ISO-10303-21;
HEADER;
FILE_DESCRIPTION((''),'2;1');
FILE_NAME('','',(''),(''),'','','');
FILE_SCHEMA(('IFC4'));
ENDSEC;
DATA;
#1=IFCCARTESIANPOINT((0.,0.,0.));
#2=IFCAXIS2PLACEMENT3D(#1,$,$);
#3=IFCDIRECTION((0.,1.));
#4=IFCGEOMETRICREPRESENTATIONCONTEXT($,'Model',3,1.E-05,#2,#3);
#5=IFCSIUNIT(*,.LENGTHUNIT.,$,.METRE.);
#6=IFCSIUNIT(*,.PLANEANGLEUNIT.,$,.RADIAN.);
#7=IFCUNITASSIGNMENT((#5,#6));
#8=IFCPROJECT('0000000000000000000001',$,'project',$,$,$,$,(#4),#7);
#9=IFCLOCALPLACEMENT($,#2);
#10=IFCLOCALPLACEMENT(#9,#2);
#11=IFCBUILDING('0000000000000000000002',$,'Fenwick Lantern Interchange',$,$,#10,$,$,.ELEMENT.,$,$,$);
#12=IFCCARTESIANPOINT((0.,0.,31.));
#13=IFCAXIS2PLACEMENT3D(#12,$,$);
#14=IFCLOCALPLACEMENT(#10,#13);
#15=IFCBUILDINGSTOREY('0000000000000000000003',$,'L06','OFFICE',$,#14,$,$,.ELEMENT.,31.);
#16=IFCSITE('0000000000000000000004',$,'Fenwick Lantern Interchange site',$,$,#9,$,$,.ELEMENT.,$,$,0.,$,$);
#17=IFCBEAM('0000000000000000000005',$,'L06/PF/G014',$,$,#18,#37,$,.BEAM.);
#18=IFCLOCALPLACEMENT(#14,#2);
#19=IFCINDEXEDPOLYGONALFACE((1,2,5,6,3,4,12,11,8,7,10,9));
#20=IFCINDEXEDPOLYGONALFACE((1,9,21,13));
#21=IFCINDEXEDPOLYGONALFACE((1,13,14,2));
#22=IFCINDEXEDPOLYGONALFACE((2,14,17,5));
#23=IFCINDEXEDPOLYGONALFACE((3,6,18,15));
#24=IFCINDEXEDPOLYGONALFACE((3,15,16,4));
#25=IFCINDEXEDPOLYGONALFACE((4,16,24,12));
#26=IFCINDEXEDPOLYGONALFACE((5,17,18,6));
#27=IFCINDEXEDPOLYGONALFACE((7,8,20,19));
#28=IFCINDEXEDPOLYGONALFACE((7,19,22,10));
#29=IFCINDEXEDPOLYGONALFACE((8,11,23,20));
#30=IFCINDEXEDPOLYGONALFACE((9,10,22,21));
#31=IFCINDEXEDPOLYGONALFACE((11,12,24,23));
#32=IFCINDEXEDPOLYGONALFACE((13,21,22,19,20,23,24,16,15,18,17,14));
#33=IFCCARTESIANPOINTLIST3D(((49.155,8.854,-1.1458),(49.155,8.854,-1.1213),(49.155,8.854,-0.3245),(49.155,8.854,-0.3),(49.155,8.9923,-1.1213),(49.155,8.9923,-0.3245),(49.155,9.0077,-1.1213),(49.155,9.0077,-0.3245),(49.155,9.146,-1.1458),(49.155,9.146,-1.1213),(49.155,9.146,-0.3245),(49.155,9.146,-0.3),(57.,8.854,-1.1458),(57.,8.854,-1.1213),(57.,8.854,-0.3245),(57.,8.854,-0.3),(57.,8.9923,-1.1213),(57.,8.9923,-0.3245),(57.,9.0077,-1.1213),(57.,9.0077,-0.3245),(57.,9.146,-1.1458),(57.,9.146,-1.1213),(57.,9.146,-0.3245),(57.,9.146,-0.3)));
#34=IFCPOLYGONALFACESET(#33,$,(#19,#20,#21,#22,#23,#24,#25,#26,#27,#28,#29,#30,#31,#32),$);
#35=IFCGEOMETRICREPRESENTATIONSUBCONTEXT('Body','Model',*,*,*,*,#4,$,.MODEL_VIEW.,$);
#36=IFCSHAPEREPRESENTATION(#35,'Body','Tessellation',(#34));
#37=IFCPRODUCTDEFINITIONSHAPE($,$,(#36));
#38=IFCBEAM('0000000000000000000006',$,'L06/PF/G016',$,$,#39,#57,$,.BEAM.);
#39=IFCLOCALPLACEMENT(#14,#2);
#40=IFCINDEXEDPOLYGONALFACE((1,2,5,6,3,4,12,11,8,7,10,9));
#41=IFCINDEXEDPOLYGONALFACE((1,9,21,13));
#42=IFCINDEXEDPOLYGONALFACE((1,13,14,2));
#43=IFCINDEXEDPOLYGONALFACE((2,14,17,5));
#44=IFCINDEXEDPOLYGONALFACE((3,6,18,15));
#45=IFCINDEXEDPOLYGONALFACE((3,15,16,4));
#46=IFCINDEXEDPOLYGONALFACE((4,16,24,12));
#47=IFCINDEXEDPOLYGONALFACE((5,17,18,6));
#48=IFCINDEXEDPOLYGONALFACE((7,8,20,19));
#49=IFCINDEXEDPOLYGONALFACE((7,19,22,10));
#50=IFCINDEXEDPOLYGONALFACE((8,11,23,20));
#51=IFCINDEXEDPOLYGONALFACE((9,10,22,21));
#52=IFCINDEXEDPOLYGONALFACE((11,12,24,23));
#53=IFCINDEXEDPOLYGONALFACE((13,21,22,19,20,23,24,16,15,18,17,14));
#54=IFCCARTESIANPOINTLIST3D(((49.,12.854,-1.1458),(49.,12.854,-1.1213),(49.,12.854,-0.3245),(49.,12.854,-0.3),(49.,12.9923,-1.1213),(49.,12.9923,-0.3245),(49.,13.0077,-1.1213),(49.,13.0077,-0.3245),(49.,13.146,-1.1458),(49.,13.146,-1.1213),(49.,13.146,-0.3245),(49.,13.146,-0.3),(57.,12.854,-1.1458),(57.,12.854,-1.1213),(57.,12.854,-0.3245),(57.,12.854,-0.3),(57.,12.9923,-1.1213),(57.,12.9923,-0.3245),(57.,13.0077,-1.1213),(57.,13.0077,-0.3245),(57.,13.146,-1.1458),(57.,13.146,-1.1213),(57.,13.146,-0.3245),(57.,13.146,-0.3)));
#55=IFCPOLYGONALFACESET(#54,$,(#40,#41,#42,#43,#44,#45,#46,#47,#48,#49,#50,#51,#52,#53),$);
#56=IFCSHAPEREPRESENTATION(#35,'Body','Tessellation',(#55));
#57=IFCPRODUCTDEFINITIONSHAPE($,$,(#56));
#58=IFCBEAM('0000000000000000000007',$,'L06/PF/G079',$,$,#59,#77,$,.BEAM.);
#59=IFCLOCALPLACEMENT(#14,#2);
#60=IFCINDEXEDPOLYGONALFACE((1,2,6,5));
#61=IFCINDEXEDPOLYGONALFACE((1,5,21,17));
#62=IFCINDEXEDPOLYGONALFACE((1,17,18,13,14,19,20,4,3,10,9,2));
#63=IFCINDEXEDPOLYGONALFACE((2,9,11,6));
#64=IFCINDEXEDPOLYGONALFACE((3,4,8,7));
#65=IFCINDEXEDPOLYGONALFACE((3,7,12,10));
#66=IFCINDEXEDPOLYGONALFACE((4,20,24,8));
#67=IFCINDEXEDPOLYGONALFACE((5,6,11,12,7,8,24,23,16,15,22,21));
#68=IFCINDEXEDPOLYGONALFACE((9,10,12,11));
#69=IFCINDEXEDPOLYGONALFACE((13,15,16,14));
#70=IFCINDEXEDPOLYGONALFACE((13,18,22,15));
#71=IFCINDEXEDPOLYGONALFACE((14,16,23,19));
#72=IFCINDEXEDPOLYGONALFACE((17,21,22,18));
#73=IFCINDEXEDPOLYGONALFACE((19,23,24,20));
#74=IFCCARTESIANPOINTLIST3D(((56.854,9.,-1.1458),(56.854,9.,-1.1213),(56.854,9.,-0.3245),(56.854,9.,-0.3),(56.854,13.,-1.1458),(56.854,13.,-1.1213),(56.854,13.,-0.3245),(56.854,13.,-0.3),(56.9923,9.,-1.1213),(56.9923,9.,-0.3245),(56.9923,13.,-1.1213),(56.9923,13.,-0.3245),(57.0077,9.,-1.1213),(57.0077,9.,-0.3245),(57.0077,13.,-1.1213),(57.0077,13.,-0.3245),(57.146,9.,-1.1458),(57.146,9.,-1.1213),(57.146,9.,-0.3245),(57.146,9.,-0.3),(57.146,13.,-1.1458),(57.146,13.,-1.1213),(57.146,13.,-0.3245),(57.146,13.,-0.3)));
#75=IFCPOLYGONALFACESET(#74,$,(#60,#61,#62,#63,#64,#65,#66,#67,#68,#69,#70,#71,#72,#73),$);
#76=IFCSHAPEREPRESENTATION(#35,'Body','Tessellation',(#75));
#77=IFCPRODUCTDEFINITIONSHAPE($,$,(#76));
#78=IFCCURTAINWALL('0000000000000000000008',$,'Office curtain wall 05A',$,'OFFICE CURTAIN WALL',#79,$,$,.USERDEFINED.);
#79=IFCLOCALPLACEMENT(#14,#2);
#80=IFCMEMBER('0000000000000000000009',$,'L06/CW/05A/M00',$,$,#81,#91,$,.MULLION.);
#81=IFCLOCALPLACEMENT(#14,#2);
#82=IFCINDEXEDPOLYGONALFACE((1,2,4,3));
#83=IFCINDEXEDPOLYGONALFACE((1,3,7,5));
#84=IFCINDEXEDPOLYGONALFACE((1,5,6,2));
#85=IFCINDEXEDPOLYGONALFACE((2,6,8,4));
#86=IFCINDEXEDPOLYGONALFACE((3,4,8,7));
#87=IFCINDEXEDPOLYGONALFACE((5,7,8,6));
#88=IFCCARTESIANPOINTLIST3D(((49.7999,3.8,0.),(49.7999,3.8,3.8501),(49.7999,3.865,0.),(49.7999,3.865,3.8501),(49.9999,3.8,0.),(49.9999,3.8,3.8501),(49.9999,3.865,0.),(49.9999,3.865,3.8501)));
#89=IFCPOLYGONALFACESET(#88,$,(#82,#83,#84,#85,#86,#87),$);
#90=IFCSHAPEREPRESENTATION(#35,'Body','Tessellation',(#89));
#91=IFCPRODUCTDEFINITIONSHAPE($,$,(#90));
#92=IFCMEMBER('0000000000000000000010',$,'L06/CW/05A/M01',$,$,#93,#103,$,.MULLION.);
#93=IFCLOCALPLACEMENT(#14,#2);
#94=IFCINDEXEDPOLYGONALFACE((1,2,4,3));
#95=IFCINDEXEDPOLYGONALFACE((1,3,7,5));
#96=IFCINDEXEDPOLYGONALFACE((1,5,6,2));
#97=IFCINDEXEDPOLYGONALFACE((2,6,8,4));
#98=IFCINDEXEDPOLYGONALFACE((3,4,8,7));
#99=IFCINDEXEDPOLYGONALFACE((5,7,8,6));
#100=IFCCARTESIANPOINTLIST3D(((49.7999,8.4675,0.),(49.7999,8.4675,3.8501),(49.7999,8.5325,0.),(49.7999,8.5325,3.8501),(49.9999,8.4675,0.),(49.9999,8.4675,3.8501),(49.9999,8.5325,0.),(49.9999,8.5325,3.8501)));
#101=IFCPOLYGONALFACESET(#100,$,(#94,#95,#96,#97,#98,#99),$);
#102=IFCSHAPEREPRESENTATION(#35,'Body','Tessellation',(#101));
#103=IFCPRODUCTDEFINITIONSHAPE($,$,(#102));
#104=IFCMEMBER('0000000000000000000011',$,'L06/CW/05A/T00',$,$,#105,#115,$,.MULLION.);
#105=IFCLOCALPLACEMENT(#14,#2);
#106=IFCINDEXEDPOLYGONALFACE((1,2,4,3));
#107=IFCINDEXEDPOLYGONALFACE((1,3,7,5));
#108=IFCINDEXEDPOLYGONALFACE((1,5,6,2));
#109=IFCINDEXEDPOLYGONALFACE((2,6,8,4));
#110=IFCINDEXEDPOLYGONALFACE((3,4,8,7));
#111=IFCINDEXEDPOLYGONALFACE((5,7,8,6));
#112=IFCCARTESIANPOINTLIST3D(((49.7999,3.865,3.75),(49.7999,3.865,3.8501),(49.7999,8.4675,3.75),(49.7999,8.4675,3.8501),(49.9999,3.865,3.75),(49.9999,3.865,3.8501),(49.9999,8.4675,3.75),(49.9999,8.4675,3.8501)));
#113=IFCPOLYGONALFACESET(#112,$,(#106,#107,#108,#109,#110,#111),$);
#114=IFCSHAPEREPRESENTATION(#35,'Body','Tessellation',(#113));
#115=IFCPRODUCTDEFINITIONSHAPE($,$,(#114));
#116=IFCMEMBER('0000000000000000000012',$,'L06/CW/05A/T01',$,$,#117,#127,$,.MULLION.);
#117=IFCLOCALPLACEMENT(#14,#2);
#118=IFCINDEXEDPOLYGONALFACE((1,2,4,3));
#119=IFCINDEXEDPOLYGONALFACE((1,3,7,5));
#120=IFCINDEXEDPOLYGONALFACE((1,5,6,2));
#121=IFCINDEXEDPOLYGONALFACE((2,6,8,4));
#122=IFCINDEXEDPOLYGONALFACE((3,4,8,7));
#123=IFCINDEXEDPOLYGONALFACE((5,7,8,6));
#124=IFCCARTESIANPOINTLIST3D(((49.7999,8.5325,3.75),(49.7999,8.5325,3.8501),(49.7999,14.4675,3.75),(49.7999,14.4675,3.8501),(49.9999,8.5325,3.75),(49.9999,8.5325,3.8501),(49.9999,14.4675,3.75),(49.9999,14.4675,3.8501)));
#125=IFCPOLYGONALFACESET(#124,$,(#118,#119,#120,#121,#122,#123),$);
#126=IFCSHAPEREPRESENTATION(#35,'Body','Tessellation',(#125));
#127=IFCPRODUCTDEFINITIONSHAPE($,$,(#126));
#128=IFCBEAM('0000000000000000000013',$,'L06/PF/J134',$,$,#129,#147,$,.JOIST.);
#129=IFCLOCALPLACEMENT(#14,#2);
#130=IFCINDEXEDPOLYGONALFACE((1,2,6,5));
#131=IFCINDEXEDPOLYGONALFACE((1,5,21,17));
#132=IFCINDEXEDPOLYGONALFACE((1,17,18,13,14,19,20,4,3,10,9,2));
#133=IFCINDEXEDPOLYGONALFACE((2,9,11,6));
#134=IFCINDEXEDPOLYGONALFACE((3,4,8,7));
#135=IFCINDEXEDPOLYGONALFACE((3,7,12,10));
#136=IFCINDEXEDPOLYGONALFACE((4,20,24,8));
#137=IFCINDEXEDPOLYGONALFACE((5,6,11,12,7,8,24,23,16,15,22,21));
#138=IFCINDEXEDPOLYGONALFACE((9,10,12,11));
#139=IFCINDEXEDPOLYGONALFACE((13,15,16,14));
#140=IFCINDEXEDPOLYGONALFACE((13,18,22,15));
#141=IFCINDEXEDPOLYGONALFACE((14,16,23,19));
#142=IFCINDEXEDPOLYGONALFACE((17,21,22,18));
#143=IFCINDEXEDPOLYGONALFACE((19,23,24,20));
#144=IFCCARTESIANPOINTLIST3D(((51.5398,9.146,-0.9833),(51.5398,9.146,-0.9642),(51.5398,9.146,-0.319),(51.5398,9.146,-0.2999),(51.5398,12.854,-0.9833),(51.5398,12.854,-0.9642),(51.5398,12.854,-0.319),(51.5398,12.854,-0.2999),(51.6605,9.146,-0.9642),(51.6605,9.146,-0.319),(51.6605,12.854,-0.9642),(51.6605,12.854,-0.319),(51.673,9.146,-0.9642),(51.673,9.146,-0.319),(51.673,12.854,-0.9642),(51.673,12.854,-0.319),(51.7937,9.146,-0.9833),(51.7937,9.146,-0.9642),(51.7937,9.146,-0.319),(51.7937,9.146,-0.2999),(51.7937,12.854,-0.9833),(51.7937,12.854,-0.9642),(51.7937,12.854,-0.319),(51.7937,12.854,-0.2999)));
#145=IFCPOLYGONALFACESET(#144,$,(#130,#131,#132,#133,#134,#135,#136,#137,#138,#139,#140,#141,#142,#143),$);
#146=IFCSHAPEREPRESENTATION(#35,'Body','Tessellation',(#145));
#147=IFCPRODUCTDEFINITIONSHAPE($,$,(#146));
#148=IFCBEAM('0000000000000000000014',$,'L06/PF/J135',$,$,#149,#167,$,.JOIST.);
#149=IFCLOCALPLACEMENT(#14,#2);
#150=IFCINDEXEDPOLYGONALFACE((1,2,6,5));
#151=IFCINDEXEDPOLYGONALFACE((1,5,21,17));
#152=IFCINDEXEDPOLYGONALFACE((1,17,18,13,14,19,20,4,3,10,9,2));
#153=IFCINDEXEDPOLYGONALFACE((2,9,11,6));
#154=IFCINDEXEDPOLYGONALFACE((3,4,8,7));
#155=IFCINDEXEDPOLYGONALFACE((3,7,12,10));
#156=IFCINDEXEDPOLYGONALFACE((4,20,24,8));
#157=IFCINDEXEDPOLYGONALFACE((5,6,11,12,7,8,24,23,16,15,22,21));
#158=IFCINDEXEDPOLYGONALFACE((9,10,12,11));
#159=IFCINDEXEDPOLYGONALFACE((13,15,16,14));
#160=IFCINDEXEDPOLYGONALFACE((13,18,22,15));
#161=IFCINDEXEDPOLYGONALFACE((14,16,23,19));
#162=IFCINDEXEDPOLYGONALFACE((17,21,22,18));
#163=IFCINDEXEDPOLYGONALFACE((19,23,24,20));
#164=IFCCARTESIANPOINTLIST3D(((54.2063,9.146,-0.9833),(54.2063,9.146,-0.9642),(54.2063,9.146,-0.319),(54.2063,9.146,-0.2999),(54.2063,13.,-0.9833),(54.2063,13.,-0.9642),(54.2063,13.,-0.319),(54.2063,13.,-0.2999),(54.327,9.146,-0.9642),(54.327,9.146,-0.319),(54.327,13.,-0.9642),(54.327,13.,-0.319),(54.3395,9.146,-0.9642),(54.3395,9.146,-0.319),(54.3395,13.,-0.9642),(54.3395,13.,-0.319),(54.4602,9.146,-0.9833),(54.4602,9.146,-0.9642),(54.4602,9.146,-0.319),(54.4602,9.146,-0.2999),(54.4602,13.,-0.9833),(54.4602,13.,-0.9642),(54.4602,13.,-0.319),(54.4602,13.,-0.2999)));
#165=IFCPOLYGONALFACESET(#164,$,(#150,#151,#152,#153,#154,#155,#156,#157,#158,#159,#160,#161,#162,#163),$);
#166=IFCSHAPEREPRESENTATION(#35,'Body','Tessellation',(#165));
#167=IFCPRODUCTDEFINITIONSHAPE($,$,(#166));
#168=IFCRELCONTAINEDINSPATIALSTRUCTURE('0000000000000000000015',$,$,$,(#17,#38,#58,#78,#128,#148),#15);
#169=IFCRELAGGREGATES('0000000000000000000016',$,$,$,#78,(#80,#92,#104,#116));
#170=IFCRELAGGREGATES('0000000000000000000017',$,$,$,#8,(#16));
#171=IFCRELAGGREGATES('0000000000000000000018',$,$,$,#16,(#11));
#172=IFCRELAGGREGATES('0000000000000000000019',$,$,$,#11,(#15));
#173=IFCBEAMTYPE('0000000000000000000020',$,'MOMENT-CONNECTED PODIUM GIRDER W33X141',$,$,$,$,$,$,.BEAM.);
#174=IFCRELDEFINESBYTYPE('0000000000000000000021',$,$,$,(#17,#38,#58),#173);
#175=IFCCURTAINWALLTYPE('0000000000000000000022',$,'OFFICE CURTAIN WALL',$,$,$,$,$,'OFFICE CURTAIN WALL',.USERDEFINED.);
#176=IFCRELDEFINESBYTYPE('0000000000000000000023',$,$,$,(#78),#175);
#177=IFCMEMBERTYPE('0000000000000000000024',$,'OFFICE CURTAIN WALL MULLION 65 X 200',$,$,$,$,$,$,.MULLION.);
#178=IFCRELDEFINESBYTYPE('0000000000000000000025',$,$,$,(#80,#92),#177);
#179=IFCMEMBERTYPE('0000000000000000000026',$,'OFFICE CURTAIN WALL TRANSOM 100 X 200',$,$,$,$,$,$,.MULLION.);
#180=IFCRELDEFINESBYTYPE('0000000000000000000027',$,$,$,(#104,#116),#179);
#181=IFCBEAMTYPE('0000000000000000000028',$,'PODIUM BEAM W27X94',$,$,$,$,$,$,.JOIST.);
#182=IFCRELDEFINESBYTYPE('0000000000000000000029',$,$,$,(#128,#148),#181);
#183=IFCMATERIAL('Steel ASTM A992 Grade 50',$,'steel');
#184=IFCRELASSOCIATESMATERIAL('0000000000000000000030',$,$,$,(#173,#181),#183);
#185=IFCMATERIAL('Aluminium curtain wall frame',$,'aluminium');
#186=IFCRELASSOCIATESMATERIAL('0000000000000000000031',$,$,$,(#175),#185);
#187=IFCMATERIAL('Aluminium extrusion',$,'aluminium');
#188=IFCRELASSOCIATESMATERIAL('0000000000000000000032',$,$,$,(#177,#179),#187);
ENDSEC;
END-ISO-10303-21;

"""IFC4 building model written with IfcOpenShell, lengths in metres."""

from ifc_helpers import new_model, si_unit, direction, frame, origin, origin_2d, place, context, subcontext, project, spatial, rectangle, i_section, extrude, material, material_profile, profile_set, type_object, element, aggregate, save


model = new_model("IFC4")

# Units and contexts
model_context = context("Model", 3, precision=1e-05, world=origin(), true_north=direction((0.0, 1.0)))
body_context = subcontext(model_context, "Body", "Model", "MODEL_VIEW")
ifc_project = project(units=[si_unit("LENGTHUNIT", "METRE"), si_unit("PLANEANGLEUNIT", "RADIAN")], contexts=[model_context])

# Site, building, storey
site_placement = place(None, origin())
site = spatial("IfcSite", under=ifc_project, at=site_placement, Name="Fenwick Lantern Interchange site", CompositionType="ELEMENT", RefElevation=0.0)
building_placement = place(site_placement, origin())
building = spatial("IfcBuilding", under=site, at=building_placement, Name="Fenwick Lantern Interchange", CompositionType="ELEMENT")
storey_placement = place(building_placement, frame((0.0, 0.0, 31.0)))
storey = spatial("IfcBuildingStorey", under=building, at=storey_placement, Name="L06", Description="OFFICE", CompositionType="ELEMENT", Elevation=31.0)

# Beams
ifc_material_1 = material(Name="Steel ASTM A992 Grade 50", Category="steel")
ifc_material_profile_1 = material_profile(ifc_material_1, i_section(OverallWidth=0.292, OverallDepth=0.8457, WebThickness=0.0154, FlangeThickness=0.0244, at=origin_2d()), Name="W33X141")
ifc_profile_set_1 = profile_set([ifc_material_profile_1], Name="Steel ASTM A992 Grade 50")
beam_type_1 = type_object("IfcBeamType", Name="MOMENT-CONNECTED PODIUM GIRDER W33X141", PredefinedType="BEAM", material=ifc_profile_set_1)
beam_1_placement = place(storey_placement, frame((49.155, 9.0, -0.7229), z_axis=(1.0, 0.0, 0.0), x_axis=(0.0, 1.0, 0.0)))
element("IfcBeam", 1, at=beam_1_placement, inside=storey, type_object=beam_type_1, Name="L06/PF/G014", PredefinedType="BEAM", context=body_context, shape_type="SweptSolid", body=[
    extrude(i_section(OverallWidth=0.292, OverallDepth=0.8457, WebThickness=0.0154, FlangeThickness=0.0244, at=origin_2d()), origin(), (0.0, 0.0, 1.0), 7.845),
])
beam_2_placement = place(storey_placement, frame((49.0, 13.0, -0.7229), z_axis=(1.0, 0.0, 0.0), x_axis=(0.0, 1.0, 0.0)))
element("IfcBeam", 2, at=beam_2_placement, inside=storey, type_object=beam_type_1, Name="L06/PF/G016", PredefinedType="BEAM", context=body_context, shape_type="SweptSolid", body=[
    extrude(i_section(OverallWidth=0.292, OverallDepth=0.8457, WebThickness=0.0154, FlangeThickness=0.0244, at=origin_2d()), origin(), (0.0, 0.0, 1.0), 8.0),
])
beam_3_placement = place(storey_placement, frame((57.0, 9.0, -0.7229), z_axis=(0.0, 1.0, 0.0), x_axis=(-1.0, 0.0, 0.0)))
element("IfcBeam", 3, at=beam_3_placement, inside=storey, type_object=beam_type_1, Name="L06/PF/G079", PredefinedType="BEAM", context=body_context, shape_type="SweptSolid", body=[
    extrude(i_section(OverallWidth=0.292, OverallDepth=0.8457, WebThickness=0.0154, FlangeThickness=0.0244, at=origin_2d()), origin(), (0.0, 0.0, 1.0), 4.0),
])

# Curtain wall, members
ifc_material_2 = material(Name="Aluminium curtain wall frame", Category="aluminium")
curtain_wall_type = type_object("IfcCurtainWallType", Name="OFFICE CURTAIN WALL", ElementType="OFFICE CURTAIN WALL", PredefinedType="USERDEFINED", material=ifc_material_2)
curtain_wall_placement = place(storey_placement, origin())
curtain_wall = element("IfcCurtainWall", 4, at=curtain_wall_placement, inside=storey, type_object=curtain_wall_type, Name="Office curtain wall 05A", ObjectType="OFFICE CURTAIN WALL", PredefinedType="USERDEFINED")
ifc_material_3 = material(Name="Aluminium extrusion", Category="aluminium")
ifc_material_profile_2 = material_profile(ifc_material_3, rectangle(XDim=0.2, YDim=0.0649, at=origin_2d()), Name="OFFICE CURTAIN WALL MULLION 65 X 200")
ifc_profile_set_2 = profile_set([ifc_material_profile_2], Name="Aluminium extrusion")
member_type_1 = type_object("IfcMemberType", Name="OFFICE CURTAIN WALL MULLION 65 X 200", PredefinedType="MULLION", material=ifc_profile_set_2)
member_1_placement = place(storey_placement, frame((49.8999, 3.8325, 0.0), z_axis=(0.0, 0.0, 1.0), x_axis=(-1.0, 0.0, 0.0)))
member_1 = element("IfcMember", 5, at=member_1_placement, type_object=member_type_1, Name="L06/CW/05A/M00", PredefinedType="MULLION", context=body_context, shape_type="SweptSolid", body=[
    extrude(rectangle(XDim=0.2, YDim=0.0649, at=origin_2d()), origin(), (0.0, 0.0, 1.0), 3.8501),
])
member_2_placement = place(storey_placement, frame((49.8999, 8.5, 0.0), z_axis=(0.0, 0.0, 1.0), x_axis=(-1.0, 0.0, 0.0)))
member_2 = element("IfcMember", 6, at=member_2_placement, type_object=member_type_1, Name="L06/CW/05A/M01", PredefinedType="MULLION", context=body_context, shape_type="SweptSolid", body=[
    extrude(rectangle(XDim=0.2, YDim=0.0649, at=origin_2d()), origin(), (0.0, 0.0, 1.0), 3.8501),
])
ifc_material_profile_3 = material_profile(ifc_material_3, rectangle(XDim=0.2, YDim=0.1001, at=origin_2d()), Name="OFFICE CURTAIN WALL TRANSOM 100 X 200")
ifc_profile_set_3 = profile_set([ifc_material_profile_3], Name="Aluminium extrusion")
member_type_2 = type_object("IfcMemberType", Name="OFFICE CURTAIN WALL TRANSOM 100 X 200", PredefinedType="MULLION", material=ifc_profile_set_3)
member_3_placement = place(storey_placement, frame((49.8999, 3.865, 3.8), z_axis=(0.0, 1.0, 0.0), x_axis=(-1.0, 0.0, 0.0)))
member_3 = element("IfcMember", 7, at=member_3_placement, type_object=member_type_2, Name="L06/CW/05A/T00", PredefinedType="MULLION", context=body_context, shape_type="SweptSolid", body=[
    extrude(rectangle(XDim=0.2, YDim=0.1001, at=origin_2d()), origin(), (0.0, 0.0, 1.0), 4.6025),
])
member_4_placement = place(storey_placement, frame((49.8999, 8.5325, 3.8), z_axis=(0.0, 1.0, 0.0), x_axis=(-1.0, 0.0, 0.0)))
member_4 = element("IfcMember", 8, at=member_4_placement, type_object=member_type_2, Name="L06/CW/05A/T01", PredefinedType="MULLION", context=body_context, shape_type="SweptSolid", body=[
    extrude(rectangle(XDim=0.2, YDim=0.1001, at=origin_2d()), origin(), (0.0, 0.0, 1.0), 5.9351),
])
aggregate(curtain_wall, [member_1, member_2, member_3, member_4])

# Beams
ifc_material_profile_4 = material_profile(ifc_material_1, i_section(OverallWidth=0.2539, OverallDepth=0.6833, WebThickness=0.0125, FlangeThickness=0.019, at=origin_2d()), Name="W27X94")
ifc_profile_set_4 = profile_set([ifc_material_profile_4], Name="Steel ASTM A992 Grade 50")
beam_type_2 = type_object("IfcBeamType", Name="PODIUM BEAM W27X94", PredefinedType="JOIST", material=ifc_profile_set_4)
beam_4_placement = place(storey_placement, frame((51.6667, 9.146, -0.6416), z_axis=(0.0, 1.0, 0.0), x_axis=(-1.0, 0.0, 0.0)))
element("IfcBeam", 9, at=beam_4_placement, inside=storey, type_object=beam_type_2, Name="L06/PF/J134", PredefinedType="JOIST", context=body_context, shape_type="SweptSolid", body=[
    extrude(i_section(OverallWidth=0.2539, OverallDepth=0.6833, WebThickness=0.0125, FlangeThickness=0.019, at=origin_2d()), origin(), (0.0, 0.0, 1.0), 3.708),
])
beam_5_placement = place(storey_placement, frame((54.3333, 9.146, -0.6416), z_axis=(0.0, 1.0, 0.0), x_axis=(-1.0, 0.0, 0.0)))
element("IfcBeam", 10, at=beam_5_placement, inside=storey, type_object=beam_type_2, Name="L06/PF/J135", PredefinedType="JOIST", context=body_context, shape_type="SweptSolid", body=[
    extrude(i_section(OverallWidth=0.2539, OverallDepth=0.6833, WebThickness=0.0125, FlangeThickness=0.019, at=origin_2d()), origin(), (0.0, 0.0, 1.0), 3.854),
])

save(model, "model.ifc")
